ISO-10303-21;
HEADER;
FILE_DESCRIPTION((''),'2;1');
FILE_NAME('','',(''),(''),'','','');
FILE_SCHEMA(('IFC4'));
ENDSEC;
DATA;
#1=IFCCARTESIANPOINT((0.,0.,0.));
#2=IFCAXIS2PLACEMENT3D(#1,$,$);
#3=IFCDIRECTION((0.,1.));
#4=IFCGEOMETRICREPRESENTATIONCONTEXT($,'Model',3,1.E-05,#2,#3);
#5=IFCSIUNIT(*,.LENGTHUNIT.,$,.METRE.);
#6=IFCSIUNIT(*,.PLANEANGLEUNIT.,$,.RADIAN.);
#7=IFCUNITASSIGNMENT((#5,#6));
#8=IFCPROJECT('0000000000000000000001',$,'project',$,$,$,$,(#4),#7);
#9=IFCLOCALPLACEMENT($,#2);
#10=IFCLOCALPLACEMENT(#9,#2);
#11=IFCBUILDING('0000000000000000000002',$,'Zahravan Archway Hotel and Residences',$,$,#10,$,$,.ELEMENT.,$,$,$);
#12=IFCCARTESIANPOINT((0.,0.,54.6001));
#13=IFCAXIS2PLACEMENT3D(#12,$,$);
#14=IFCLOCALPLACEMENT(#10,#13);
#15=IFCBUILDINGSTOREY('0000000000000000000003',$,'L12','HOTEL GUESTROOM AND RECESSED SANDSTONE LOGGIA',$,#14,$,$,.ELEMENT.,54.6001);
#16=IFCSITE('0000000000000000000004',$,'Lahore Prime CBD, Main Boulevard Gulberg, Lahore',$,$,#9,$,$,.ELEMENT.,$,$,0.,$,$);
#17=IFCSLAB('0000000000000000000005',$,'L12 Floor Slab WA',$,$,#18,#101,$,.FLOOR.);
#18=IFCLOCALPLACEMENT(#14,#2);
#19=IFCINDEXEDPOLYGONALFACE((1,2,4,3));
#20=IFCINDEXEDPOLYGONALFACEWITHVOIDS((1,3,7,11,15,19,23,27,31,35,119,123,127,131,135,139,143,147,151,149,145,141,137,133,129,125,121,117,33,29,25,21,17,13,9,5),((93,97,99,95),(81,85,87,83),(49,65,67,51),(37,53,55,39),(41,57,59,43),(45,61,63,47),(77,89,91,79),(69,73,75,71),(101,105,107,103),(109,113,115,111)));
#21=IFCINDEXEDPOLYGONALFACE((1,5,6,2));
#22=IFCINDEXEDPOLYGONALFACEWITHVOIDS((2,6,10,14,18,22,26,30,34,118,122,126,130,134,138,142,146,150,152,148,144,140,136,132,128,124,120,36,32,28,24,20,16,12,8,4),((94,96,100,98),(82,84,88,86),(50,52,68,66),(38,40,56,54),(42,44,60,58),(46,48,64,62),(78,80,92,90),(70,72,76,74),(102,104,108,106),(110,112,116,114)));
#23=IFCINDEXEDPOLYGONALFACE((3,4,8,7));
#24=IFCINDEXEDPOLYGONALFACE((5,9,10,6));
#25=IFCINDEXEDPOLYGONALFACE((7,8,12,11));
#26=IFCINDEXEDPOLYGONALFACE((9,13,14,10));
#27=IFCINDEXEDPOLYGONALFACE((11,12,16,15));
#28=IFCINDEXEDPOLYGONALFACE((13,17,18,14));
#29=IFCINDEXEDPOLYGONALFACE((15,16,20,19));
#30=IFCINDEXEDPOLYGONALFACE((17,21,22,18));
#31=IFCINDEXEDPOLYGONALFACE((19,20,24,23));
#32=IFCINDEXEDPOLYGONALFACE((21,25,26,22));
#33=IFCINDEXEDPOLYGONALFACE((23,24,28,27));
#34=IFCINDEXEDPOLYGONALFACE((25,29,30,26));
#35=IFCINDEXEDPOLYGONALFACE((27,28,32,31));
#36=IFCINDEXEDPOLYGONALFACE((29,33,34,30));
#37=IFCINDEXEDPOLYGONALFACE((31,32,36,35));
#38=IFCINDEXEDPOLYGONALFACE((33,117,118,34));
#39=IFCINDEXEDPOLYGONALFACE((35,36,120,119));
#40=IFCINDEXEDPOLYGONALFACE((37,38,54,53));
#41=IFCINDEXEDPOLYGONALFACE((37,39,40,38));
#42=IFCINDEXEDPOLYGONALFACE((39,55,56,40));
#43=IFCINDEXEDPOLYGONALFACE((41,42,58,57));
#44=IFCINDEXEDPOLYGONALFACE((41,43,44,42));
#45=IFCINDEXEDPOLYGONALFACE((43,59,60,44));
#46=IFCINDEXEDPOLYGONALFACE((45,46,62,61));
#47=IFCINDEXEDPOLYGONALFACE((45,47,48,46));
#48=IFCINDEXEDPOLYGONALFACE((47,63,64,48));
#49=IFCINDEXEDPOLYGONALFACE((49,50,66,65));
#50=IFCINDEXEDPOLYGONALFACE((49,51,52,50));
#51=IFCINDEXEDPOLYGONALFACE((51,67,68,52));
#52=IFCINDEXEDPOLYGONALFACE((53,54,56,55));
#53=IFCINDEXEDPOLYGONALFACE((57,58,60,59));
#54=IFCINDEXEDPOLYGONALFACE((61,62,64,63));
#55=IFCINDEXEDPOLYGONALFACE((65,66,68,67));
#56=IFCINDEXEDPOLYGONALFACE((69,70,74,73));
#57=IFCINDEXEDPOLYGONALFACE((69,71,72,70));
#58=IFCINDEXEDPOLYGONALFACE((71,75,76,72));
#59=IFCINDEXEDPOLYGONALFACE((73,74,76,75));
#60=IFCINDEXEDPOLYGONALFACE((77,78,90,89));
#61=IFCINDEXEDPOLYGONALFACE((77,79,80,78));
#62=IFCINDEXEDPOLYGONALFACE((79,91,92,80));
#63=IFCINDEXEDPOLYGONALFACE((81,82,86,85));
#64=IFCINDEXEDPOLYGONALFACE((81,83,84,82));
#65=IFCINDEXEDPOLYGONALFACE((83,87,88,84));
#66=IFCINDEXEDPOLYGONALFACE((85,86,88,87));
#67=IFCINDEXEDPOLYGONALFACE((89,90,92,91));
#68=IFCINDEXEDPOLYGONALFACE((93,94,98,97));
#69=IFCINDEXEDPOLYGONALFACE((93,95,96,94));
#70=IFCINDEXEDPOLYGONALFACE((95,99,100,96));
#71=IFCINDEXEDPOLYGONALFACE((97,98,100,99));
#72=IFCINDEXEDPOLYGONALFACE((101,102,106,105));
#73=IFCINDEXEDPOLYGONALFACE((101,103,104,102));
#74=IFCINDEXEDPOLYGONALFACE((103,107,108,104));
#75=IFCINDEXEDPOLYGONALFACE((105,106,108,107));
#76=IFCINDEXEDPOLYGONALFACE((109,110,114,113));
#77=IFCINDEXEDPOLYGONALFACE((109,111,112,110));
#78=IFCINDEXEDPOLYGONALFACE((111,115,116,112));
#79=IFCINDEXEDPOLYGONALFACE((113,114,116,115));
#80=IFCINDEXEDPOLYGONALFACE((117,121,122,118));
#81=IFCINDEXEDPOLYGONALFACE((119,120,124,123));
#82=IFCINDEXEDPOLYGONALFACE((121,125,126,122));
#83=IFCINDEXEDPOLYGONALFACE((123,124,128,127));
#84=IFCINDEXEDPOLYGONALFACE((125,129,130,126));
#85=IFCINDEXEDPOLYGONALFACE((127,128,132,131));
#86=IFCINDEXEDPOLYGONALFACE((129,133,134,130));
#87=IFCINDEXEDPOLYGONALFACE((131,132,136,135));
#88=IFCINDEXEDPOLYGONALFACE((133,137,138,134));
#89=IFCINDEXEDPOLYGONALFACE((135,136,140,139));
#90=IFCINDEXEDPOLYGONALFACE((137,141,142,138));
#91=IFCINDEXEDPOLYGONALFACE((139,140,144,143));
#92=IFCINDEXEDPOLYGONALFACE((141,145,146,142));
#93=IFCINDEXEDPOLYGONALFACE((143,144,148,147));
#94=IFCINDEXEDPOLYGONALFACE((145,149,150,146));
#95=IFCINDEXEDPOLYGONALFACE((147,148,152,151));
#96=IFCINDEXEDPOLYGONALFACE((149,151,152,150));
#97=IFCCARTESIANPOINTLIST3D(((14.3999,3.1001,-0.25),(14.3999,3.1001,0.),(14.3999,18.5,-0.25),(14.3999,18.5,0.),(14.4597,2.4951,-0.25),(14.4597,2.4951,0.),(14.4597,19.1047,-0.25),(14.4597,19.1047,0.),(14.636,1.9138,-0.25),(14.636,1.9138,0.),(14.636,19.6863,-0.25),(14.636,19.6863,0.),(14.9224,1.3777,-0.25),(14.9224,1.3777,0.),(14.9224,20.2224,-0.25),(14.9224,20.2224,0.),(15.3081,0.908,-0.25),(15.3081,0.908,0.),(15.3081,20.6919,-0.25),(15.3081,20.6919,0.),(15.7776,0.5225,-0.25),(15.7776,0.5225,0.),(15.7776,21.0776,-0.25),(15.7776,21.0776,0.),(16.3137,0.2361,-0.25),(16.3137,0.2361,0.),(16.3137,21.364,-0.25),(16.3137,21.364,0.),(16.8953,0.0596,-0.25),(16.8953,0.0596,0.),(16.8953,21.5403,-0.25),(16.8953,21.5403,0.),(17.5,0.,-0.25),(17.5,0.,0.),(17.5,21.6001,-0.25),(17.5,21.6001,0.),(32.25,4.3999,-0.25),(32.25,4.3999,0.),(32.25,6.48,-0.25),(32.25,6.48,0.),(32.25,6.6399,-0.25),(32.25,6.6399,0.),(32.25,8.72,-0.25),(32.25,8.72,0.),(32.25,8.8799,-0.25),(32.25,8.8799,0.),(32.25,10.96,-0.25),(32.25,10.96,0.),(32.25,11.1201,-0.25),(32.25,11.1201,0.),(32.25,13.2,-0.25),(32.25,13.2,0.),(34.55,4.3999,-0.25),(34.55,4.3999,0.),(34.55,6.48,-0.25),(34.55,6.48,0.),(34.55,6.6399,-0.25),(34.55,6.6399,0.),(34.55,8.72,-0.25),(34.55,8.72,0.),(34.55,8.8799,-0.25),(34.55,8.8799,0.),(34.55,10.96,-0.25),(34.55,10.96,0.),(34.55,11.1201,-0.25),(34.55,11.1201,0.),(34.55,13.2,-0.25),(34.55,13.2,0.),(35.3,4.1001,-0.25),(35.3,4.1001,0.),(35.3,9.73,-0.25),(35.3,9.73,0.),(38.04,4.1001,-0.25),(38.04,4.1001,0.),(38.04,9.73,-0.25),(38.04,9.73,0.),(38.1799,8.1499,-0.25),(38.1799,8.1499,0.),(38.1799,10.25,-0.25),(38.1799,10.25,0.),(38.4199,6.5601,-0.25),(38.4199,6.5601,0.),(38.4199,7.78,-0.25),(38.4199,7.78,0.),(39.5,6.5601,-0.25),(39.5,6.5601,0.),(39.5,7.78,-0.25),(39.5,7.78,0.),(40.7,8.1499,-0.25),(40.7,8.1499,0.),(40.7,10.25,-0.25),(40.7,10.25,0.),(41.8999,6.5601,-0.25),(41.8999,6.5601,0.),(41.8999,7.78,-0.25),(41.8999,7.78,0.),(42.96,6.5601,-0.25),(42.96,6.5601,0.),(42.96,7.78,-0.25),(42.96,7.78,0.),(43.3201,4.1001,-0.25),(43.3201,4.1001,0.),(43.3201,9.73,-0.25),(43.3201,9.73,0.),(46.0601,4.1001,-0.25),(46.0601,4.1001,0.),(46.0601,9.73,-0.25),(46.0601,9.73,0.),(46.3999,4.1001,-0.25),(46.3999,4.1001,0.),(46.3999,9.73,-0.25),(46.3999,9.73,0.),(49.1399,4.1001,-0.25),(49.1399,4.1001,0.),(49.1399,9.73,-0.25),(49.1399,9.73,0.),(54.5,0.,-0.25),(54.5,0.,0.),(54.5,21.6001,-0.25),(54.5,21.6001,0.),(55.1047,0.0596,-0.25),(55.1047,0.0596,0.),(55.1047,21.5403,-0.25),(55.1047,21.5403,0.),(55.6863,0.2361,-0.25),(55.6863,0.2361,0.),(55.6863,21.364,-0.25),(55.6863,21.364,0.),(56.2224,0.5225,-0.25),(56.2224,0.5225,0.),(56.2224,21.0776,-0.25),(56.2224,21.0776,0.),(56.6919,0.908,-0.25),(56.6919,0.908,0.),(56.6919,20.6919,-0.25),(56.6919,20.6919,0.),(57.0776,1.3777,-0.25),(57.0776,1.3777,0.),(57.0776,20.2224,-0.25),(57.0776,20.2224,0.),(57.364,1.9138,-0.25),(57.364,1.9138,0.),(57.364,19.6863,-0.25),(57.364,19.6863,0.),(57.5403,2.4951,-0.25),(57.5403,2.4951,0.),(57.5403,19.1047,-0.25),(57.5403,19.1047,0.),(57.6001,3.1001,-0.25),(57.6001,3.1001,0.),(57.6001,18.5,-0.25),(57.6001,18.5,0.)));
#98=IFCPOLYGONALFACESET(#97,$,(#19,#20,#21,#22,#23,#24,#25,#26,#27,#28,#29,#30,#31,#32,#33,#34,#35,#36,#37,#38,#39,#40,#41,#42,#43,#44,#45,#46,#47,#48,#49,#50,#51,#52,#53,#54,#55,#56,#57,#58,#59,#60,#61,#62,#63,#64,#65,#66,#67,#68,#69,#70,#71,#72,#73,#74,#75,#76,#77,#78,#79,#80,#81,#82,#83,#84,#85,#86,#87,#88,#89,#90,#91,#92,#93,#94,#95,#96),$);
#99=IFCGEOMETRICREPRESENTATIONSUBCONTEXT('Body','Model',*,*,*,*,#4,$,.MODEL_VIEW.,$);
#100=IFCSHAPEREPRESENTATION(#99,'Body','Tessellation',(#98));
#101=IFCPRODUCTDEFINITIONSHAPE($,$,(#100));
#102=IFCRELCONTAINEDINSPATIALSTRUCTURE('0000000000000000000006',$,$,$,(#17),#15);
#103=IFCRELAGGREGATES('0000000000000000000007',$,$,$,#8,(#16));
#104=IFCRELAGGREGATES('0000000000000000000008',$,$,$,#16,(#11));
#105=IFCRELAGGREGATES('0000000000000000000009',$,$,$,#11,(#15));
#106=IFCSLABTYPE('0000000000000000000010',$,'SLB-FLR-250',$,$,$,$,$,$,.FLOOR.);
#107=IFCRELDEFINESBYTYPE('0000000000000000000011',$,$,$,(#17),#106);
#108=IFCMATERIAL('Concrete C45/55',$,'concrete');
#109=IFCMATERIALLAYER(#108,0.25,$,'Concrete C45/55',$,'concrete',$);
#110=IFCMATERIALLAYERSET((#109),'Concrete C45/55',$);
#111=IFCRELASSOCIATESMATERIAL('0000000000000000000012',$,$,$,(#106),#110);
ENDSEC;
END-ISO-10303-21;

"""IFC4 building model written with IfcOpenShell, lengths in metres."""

from ifc_helpers import new_model, si_unit, direction, frame, origin, place, context, subcontext, project, spatial, polyline, outline, extrude, material, layer, layer_set, type_object, element, save


model = new_model("IFC4")

# Units and contexts
model_context = context("Model", 3, precision=1e-05, world=origin(), true_north=direction((0.0, 1.0)))
body_context = subcontext(model_context, "Body", "Model", "MODEL_VIEW")
ifc_project = project(units=[si_unit("LENGTHUNIT", "METRE"), si_unit("PLANEANGLEUNIT", "RADIAN")], contexts=[model_context])

# Site, building, storey
site_placement = place(None, origin())
site = spatial("IfcSite", under=ifc_project, at=site_placement, Name="Lahore Prime CBD, Main Boulevard Gulberg, Lahore", CompositionType="ELEMENT", RefElevation=0.0)
building_placement = place(site_placement, origin())
building = spatial("IfcBuilding", under=site, at=building_placement, Name="Zahravan Archway Hotel and Residences", CompositionType="ELEMENT")
storey_placement = place(building_placement, frame((0.0, 0.0, 54.6001)))
storey = spatial("IfcBuildingStorey", under=building, at=storey_placement, Name="L12", Description="HOTEL GUESTROOM AND RECESSED SANDSTONE LOGGIA", CompositionType="ELEMENT", Elevation=54.6001)

# Slab
ifc_material_1 = material(Name="Concrete C45/55", Category="concrete")
ifc_layer_1 = layer(ifc_material_1, 0.25, Name="Concrete C45/55", Category="concrete")
ifc_layer_set_1 = layer_set([ifc_layer_1], Name="Concrete C45/55")
slab_type_1 = type_object("IfcSlabType", Name="SLB-FLR-250", PredefinedType="FLOOR", material=ifc_layer_set_1)
slab_1_placement = place(storey_placement, frame((0.0, 0.0, -0.25)))
element("IfcSlab", 1, at=slab_1_placement, inside=storey, type_object=slab_type_1, Name="L12 Floor Slab WA", PredefinedType="FLOOR", context=body_context, shape_type="SweptSolid", body=[
    extrude(outline(polyline([(54.5, 0.0), (55.1047, 0.0596), (55.6863, 0.2361), (56.2224, 0.5225), (56.6919, 0.908), (57.0776, 1.3777), (57.364, 1.9138), (57.5403, 2.4951), (57.6001, 3.1001), (57.6001, 18.5), (57.5403, 19.1047), (57.364, 19.6863), (57.0776, 20.2224), (56.6919, 20.6919), (56.2224, 21.0776), (55.6863, 21.364), (55.1047, 21.5403), (54.5, 21.6001), (17.5, 21.6001), (16.8953, 21.5403), (16.3137, 21.364), (15.7776, 21.0776), (15.3081, 20.6919), (14.9224, 20.2224), (14.636, 19.6863), (14.4597, 19.1047), (14.3999, 18.5), (14.3999, 3.1001), (14.4597, 2.4951), (14.636, 1.9138), (14.9224, 1.3777), (15.3081, 0.908), (15.7776, 0.5225), (16.3137, 0.2361), (16.8953, 0.0596), (17.5, 0.0), (54.5, 0.0)]), holes=[polyline([(35.3, 9.73), (35.3, 4.1001), (38.04, 4.1001), (38.04, 9.73), (35.3, 9.73)]), polyline([(43.3201, 9.73), (43.3201, 4.1001), (46.0601, 4.1001), (46.0601, 9.73), (43.3201, 9.73)]), polyline([(46.3999, 9.73), (46.3999, 4.1001), (49.1399, 4.1001), (49.1399, 9.73), (46.3999, 9.73)]), polyline([(38.1799, 8.1499), (40.7, 8.1499), (40.7, 10.25), (38.1799, 10.25), (38.1799, 8.1499)]), polyline([(32.25, 4.3999), (34.55, 4.3999), (34.55, 6.48), (32.25, 6.48), (32.25, 4.3999)]), polyline([(32.25, 6.6399), (34.55, 6.6399), (34.55, 8.72), (32.25, 8.72), (32.25, 6.6399)]), polyline([(32.25, 8.8799), (34.55, 8.8799), (34.55, 10.96), (32.25, 10.96), (32.25, 8.8799)]), polyline([(32.25, 11.1201), (34.55, 11.1201), (34.55, 13.2), (32.25, 13.2), (32.25, 11.1201)]), polyline([(38.4199, 6.5601), (39.5, 6.5601), (39.5, 7.78), (38.4199, 7.78), (38.4199, 6.5601)]), polyline([(41.8999, 6.5601), (42.96, 6.5601), (42.96, 7.78), (41.8999, 7.78), (41.8999, 6.5601)])]), origin(), (0.0, 0.0, 1.0), 0.25),
])

save(model, "model.ifc")
